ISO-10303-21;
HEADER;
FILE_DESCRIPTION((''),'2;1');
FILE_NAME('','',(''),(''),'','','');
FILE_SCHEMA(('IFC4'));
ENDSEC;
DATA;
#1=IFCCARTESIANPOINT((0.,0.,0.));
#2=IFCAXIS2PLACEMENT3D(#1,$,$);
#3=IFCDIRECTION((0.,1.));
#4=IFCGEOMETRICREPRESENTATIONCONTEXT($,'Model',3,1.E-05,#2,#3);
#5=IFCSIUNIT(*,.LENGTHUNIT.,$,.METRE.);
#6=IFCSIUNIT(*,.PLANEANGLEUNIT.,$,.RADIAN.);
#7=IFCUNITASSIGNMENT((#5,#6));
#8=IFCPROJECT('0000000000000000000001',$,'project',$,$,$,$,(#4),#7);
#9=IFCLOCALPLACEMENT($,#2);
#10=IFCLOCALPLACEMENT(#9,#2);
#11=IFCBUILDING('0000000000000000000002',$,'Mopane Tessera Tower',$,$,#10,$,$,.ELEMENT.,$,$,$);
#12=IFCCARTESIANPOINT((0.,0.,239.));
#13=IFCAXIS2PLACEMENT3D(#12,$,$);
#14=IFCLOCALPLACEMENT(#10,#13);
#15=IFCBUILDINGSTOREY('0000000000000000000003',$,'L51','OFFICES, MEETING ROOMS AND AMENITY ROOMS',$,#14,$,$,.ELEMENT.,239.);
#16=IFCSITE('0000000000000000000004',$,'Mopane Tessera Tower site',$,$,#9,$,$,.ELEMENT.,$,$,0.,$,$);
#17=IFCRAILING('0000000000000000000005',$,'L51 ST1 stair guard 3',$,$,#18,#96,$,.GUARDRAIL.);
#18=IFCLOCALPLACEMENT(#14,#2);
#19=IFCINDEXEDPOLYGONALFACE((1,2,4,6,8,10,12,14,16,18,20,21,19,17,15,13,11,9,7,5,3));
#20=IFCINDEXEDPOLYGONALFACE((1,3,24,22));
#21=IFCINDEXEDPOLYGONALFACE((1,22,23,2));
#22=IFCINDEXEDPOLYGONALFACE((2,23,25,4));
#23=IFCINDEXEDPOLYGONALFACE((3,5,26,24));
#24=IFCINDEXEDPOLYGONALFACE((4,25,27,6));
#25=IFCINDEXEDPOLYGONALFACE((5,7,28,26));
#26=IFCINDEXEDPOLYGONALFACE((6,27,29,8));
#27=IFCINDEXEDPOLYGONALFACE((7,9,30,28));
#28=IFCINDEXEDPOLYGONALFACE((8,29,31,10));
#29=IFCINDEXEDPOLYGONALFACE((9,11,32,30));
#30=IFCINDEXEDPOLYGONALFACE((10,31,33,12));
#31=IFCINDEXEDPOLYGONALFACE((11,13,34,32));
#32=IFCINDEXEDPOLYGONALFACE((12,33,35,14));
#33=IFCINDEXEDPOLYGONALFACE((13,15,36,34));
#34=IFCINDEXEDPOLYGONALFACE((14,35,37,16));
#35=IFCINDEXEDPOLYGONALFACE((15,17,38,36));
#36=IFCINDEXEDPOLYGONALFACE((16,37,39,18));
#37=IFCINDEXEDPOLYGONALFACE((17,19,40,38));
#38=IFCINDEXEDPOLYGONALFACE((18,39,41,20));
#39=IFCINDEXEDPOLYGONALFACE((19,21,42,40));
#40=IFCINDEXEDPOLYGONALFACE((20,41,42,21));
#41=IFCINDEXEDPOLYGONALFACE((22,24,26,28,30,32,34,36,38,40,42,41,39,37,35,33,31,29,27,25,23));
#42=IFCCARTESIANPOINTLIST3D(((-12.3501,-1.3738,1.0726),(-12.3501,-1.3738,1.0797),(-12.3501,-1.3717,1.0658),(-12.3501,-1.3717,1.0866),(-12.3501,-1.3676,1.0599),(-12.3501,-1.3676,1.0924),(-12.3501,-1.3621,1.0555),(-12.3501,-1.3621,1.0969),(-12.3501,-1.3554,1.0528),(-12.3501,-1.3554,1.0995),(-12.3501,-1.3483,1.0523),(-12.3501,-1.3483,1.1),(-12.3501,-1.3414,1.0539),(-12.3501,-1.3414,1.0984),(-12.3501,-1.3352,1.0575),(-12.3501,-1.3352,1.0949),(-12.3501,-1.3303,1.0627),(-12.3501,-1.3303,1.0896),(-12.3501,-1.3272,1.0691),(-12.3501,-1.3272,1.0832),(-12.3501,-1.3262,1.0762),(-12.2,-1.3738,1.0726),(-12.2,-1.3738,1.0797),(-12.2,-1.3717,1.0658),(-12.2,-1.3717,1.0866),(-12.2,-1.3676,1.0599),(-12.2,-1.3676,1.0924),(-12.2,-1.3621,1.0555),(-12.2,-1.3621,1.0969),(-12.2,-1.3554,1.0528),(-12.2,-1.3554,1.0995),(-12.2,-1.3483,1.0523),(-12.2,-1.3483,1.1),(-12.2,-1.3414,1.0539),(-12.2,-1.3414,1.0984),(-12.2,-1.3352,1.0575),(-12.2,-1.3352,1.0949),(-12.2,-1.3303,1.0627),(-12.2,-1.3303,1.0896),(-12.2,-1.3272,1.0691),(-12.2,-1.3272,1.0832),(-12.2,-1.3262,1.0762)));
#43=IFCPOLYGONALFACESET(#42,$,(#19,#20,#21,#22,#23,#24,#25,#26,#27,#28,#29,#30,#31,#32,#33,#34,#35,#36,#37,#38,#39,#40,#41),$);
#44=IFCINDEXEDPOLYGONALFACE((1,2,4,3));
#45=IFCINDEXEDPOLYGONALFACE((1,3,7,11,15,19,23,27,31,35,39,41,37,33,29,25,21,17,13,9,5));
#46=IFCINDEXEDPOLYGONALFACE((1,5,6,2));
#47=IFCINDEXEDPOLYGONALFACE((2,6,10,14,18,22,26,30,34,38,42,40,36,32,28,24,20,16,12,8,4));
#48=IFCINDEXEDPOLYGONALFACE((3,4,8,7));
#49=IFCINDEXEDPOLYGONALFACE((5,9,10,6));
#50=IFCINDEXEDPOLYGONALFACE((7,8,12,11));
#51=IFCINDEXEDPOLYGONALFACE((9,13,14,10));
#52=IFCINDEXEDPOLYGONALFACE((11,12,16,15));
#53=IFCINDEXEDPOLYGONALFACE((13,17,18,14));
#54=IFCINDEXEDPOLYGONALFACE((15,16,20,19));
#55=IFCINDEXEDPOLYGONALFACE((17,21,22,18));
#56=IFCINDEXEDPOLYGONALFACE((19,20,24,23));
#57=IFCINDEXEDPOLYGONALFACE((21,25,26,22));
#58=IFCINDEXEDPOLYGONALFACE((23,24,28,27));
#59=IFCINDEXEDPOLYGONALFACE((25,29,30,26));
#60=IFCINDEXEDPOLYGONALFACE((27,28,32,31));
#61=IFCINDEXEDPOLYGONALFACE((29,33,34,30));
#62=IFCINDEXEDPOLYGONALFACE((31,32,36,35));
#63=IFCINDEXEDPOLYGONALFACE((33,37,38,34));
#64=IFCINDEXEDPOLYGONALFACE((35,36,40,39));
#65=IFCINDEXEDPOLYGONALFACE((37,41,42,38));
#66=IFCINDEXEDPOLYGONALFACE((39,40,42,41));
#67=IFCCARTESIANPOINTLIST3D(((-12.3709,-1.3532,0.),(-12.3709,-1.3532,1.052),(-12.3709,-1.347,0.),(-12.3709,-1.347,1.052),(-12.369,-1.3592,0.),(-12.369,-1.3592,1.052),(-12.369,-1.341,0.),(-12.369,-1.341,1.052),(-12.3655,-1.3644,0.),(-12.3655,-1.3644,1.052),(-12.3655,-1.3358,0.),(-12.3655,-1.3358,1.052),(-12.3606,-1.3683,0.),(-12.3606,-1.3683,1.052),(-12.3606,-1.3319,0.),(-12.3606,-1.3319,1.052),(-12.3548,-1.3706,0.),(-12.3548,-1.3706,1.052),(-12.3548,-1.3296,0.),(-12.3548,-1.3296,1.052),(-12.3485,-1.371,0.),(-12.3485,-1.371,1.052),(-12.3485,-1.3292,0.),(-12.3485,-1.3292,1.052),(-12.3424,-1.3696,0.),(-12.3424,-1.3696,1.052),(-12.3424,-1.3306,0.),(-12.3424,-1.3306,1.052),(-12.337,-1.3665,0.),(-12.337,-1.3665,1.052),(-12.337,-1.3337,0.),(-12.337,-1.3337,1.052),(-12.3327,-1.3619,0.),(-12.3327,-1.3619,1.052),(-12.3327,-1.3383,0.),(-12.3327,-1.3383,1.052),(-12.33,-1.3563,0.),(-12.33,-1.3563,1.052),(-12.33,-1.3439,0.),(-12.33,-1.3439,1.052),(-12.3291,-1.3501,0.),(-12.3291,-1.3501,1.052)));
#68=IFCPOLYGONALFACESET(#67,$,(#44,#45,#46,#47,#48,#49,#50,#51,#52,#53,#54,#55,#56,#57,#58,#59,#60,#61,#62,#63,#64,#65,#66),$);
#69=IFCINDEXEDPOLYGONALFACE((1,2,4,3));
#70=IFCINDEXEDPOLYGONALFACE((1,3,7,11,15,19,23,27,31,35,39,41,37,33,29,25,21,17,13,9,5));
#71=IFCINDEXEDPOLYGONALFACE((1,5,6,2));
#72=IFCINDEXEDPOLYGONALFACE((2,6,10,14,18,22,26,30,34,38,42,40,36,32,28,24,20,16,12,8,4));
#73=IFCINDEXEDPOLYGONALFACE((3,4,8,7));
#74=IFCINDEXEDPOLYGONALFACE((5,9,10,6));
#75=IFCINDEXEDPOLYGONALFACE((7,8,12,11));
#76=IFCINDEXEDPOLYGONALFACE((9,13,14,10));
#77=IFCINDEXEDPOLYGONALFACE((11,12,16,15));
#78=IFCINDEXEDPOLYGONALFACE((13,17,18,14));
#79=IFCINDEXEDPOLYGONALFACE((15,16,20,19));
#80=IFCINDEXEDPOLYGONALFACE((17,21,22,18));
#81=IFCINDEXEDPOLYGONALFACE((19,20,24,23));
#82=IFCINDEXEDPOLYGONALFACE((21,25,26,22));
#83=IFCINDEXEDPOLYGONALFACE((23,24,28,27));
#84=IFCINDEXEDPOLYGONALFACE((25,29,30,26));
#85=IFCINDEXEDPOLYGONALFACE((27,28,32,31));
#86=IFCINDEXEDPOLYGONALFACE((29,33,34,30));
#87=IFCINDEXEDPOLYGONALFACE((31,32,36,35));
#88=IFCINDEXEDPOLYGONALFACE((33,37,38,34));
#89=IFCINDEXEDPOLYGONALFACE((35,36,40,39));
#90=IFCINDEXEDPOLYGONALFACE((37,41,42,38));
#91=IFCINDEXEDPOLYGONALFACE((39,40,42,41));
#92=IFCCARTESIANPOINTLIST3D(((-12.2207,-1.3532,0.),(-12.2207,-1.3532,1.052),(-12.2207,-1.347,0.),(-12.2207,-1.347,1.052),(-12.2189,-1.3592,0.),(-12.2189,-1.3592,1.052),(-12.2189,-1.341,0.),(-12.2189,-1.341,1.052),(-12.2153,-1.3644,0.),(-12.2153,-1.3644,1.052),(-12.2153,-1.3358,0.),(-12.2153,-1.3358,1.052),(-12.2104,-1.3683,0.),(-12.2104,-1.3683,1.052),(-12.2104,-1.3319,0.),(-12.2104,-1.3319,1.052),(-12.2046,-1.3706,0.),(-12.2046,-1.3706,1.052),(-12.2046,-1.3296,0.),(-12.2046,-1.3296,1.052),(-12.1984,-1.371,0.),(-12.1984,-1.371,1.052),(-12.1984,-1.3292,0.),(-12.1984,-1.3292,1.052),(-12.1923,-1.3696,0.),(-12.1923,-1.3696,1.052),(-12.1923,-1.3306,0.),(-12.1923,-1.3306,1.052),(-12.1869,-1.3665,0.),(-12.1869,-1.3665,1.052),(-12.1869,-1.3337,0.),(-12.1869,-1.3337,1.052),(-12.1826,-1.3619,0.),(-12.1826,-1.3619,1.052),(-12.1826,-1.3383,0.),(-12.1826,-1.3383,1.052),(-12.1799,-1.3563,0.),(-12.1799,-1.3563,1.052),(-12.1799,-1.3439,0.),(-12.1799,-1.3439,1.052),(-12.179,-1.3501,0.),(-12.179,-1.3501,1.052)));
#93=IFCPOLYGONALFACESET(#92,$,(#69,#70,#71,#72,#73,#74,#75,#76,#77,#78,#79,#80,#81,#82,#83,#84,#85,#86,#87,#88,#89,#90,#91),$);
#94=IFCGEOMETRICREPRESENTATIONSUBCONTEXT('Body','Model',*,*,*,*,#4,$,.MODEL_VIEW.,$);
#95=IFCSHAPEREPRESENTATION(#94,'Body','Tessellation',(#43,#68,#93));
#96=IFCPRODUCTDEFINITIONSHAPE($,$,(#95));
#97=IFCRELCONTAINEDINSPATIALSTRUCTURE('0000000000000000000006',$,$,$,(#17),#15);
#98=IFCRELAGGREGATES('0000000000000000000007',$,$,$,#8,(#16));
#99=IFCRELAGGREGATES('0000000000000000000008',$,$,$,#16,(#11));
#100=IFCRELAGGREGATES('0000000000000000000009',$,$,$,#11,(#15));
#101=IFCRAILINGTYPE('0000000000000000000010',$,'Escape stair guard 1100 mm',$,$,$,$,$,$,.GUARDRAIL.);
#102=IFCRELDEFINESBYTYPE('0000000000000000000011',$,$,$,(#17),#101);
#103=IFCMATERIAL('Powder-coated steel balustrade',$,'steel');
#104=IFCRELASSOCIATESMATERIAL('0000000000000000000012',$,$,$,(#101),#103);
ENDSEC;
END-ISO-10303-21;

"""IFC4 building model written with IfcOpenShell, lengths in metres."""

from ifc_helpers import new_model, si_unit, direction, frame, origin, origin_2d, place, context, subcontext, project, spatial, circle, extrude, material, type_object, element, save


model = new_model("IFC4")

# Units and contexts
model_context = context("Model", 3, precision=1e-05, world=origin(), true_north=direction((0.0, 1.0)))
body_context = subcontext(model_context, "Body", "Model", "MODEL_VIEW")
ifc_project = project(units=[si_unit("LENGTHUNIT", "METRE"), si_unit("PLANEANGLEUNIT", "RADIAN")], contexts=[model_context])

# Site, building, storey
site_placement = place(None, origin())
site = spatial("IfcSite", under=ifc_project, at=site_placement, Name="Mopane Tessera Tower site", CompositionType="ELEMENT", RefElevation=0.0)
building_placement = place(site_placement, origin())
building = spatial("IfcBuilding", under=site, at=building_placement, Name="Mopane Tessera Tower", CompositionType="ELEMENT")
storey_placement = place(building_placement, frame((0.0, 0.0, 239.0)))
storey = spatial("IfcBuildingStorey", under=building, at=storey_placement, Name="L51", Description="OFFICES, MEETING ROOMS AND AMENITY ROOMS", CompositionType="ELEMENT", Elevation=239.0)

# Railing
ifc_material_1 = material(Name="Powder-coated steel balustrade", Category="steel")
railing_type_1 = type_object("IfcRailingType", Name="Escape stair guard 1100 mm", PredefinedType="GUARDRAIL", material=ifc_material_1)
railing_1_placement = place(storey_placement, frame((-12.3501, -1.3501, 0.0)))
element("IfcRailing", 1, at=railing_1_placement, inside=storey, type_object=railing_type_1, Name="L51 ST1 stair guard 3", PredefinedType="GUARDRAIL", context=body_context, shape_type="SweptSolid", body=[
    extrude(circle(Radius=0.0239, at=origin_2d()), frame((0.0, 0.0, 1.0762), z_axis=(1.0, 0.0, 0.0), x_axis=(0.0, 1.0, 0.0)), (0.0, 0.0, 1.0), 0.1501),
    extrude(circle(Radius=0.021, at=origin_2d()), origin(), (0.0, 0.0, 1.0), 1.052),
    extrude(circle(Radius=0.021, at=origin_2d()), frame((0.1501, 0.0, 0.0)), (0.0, 0.0, 1.0), 1.052),
])

save(model, "model.ifc")
